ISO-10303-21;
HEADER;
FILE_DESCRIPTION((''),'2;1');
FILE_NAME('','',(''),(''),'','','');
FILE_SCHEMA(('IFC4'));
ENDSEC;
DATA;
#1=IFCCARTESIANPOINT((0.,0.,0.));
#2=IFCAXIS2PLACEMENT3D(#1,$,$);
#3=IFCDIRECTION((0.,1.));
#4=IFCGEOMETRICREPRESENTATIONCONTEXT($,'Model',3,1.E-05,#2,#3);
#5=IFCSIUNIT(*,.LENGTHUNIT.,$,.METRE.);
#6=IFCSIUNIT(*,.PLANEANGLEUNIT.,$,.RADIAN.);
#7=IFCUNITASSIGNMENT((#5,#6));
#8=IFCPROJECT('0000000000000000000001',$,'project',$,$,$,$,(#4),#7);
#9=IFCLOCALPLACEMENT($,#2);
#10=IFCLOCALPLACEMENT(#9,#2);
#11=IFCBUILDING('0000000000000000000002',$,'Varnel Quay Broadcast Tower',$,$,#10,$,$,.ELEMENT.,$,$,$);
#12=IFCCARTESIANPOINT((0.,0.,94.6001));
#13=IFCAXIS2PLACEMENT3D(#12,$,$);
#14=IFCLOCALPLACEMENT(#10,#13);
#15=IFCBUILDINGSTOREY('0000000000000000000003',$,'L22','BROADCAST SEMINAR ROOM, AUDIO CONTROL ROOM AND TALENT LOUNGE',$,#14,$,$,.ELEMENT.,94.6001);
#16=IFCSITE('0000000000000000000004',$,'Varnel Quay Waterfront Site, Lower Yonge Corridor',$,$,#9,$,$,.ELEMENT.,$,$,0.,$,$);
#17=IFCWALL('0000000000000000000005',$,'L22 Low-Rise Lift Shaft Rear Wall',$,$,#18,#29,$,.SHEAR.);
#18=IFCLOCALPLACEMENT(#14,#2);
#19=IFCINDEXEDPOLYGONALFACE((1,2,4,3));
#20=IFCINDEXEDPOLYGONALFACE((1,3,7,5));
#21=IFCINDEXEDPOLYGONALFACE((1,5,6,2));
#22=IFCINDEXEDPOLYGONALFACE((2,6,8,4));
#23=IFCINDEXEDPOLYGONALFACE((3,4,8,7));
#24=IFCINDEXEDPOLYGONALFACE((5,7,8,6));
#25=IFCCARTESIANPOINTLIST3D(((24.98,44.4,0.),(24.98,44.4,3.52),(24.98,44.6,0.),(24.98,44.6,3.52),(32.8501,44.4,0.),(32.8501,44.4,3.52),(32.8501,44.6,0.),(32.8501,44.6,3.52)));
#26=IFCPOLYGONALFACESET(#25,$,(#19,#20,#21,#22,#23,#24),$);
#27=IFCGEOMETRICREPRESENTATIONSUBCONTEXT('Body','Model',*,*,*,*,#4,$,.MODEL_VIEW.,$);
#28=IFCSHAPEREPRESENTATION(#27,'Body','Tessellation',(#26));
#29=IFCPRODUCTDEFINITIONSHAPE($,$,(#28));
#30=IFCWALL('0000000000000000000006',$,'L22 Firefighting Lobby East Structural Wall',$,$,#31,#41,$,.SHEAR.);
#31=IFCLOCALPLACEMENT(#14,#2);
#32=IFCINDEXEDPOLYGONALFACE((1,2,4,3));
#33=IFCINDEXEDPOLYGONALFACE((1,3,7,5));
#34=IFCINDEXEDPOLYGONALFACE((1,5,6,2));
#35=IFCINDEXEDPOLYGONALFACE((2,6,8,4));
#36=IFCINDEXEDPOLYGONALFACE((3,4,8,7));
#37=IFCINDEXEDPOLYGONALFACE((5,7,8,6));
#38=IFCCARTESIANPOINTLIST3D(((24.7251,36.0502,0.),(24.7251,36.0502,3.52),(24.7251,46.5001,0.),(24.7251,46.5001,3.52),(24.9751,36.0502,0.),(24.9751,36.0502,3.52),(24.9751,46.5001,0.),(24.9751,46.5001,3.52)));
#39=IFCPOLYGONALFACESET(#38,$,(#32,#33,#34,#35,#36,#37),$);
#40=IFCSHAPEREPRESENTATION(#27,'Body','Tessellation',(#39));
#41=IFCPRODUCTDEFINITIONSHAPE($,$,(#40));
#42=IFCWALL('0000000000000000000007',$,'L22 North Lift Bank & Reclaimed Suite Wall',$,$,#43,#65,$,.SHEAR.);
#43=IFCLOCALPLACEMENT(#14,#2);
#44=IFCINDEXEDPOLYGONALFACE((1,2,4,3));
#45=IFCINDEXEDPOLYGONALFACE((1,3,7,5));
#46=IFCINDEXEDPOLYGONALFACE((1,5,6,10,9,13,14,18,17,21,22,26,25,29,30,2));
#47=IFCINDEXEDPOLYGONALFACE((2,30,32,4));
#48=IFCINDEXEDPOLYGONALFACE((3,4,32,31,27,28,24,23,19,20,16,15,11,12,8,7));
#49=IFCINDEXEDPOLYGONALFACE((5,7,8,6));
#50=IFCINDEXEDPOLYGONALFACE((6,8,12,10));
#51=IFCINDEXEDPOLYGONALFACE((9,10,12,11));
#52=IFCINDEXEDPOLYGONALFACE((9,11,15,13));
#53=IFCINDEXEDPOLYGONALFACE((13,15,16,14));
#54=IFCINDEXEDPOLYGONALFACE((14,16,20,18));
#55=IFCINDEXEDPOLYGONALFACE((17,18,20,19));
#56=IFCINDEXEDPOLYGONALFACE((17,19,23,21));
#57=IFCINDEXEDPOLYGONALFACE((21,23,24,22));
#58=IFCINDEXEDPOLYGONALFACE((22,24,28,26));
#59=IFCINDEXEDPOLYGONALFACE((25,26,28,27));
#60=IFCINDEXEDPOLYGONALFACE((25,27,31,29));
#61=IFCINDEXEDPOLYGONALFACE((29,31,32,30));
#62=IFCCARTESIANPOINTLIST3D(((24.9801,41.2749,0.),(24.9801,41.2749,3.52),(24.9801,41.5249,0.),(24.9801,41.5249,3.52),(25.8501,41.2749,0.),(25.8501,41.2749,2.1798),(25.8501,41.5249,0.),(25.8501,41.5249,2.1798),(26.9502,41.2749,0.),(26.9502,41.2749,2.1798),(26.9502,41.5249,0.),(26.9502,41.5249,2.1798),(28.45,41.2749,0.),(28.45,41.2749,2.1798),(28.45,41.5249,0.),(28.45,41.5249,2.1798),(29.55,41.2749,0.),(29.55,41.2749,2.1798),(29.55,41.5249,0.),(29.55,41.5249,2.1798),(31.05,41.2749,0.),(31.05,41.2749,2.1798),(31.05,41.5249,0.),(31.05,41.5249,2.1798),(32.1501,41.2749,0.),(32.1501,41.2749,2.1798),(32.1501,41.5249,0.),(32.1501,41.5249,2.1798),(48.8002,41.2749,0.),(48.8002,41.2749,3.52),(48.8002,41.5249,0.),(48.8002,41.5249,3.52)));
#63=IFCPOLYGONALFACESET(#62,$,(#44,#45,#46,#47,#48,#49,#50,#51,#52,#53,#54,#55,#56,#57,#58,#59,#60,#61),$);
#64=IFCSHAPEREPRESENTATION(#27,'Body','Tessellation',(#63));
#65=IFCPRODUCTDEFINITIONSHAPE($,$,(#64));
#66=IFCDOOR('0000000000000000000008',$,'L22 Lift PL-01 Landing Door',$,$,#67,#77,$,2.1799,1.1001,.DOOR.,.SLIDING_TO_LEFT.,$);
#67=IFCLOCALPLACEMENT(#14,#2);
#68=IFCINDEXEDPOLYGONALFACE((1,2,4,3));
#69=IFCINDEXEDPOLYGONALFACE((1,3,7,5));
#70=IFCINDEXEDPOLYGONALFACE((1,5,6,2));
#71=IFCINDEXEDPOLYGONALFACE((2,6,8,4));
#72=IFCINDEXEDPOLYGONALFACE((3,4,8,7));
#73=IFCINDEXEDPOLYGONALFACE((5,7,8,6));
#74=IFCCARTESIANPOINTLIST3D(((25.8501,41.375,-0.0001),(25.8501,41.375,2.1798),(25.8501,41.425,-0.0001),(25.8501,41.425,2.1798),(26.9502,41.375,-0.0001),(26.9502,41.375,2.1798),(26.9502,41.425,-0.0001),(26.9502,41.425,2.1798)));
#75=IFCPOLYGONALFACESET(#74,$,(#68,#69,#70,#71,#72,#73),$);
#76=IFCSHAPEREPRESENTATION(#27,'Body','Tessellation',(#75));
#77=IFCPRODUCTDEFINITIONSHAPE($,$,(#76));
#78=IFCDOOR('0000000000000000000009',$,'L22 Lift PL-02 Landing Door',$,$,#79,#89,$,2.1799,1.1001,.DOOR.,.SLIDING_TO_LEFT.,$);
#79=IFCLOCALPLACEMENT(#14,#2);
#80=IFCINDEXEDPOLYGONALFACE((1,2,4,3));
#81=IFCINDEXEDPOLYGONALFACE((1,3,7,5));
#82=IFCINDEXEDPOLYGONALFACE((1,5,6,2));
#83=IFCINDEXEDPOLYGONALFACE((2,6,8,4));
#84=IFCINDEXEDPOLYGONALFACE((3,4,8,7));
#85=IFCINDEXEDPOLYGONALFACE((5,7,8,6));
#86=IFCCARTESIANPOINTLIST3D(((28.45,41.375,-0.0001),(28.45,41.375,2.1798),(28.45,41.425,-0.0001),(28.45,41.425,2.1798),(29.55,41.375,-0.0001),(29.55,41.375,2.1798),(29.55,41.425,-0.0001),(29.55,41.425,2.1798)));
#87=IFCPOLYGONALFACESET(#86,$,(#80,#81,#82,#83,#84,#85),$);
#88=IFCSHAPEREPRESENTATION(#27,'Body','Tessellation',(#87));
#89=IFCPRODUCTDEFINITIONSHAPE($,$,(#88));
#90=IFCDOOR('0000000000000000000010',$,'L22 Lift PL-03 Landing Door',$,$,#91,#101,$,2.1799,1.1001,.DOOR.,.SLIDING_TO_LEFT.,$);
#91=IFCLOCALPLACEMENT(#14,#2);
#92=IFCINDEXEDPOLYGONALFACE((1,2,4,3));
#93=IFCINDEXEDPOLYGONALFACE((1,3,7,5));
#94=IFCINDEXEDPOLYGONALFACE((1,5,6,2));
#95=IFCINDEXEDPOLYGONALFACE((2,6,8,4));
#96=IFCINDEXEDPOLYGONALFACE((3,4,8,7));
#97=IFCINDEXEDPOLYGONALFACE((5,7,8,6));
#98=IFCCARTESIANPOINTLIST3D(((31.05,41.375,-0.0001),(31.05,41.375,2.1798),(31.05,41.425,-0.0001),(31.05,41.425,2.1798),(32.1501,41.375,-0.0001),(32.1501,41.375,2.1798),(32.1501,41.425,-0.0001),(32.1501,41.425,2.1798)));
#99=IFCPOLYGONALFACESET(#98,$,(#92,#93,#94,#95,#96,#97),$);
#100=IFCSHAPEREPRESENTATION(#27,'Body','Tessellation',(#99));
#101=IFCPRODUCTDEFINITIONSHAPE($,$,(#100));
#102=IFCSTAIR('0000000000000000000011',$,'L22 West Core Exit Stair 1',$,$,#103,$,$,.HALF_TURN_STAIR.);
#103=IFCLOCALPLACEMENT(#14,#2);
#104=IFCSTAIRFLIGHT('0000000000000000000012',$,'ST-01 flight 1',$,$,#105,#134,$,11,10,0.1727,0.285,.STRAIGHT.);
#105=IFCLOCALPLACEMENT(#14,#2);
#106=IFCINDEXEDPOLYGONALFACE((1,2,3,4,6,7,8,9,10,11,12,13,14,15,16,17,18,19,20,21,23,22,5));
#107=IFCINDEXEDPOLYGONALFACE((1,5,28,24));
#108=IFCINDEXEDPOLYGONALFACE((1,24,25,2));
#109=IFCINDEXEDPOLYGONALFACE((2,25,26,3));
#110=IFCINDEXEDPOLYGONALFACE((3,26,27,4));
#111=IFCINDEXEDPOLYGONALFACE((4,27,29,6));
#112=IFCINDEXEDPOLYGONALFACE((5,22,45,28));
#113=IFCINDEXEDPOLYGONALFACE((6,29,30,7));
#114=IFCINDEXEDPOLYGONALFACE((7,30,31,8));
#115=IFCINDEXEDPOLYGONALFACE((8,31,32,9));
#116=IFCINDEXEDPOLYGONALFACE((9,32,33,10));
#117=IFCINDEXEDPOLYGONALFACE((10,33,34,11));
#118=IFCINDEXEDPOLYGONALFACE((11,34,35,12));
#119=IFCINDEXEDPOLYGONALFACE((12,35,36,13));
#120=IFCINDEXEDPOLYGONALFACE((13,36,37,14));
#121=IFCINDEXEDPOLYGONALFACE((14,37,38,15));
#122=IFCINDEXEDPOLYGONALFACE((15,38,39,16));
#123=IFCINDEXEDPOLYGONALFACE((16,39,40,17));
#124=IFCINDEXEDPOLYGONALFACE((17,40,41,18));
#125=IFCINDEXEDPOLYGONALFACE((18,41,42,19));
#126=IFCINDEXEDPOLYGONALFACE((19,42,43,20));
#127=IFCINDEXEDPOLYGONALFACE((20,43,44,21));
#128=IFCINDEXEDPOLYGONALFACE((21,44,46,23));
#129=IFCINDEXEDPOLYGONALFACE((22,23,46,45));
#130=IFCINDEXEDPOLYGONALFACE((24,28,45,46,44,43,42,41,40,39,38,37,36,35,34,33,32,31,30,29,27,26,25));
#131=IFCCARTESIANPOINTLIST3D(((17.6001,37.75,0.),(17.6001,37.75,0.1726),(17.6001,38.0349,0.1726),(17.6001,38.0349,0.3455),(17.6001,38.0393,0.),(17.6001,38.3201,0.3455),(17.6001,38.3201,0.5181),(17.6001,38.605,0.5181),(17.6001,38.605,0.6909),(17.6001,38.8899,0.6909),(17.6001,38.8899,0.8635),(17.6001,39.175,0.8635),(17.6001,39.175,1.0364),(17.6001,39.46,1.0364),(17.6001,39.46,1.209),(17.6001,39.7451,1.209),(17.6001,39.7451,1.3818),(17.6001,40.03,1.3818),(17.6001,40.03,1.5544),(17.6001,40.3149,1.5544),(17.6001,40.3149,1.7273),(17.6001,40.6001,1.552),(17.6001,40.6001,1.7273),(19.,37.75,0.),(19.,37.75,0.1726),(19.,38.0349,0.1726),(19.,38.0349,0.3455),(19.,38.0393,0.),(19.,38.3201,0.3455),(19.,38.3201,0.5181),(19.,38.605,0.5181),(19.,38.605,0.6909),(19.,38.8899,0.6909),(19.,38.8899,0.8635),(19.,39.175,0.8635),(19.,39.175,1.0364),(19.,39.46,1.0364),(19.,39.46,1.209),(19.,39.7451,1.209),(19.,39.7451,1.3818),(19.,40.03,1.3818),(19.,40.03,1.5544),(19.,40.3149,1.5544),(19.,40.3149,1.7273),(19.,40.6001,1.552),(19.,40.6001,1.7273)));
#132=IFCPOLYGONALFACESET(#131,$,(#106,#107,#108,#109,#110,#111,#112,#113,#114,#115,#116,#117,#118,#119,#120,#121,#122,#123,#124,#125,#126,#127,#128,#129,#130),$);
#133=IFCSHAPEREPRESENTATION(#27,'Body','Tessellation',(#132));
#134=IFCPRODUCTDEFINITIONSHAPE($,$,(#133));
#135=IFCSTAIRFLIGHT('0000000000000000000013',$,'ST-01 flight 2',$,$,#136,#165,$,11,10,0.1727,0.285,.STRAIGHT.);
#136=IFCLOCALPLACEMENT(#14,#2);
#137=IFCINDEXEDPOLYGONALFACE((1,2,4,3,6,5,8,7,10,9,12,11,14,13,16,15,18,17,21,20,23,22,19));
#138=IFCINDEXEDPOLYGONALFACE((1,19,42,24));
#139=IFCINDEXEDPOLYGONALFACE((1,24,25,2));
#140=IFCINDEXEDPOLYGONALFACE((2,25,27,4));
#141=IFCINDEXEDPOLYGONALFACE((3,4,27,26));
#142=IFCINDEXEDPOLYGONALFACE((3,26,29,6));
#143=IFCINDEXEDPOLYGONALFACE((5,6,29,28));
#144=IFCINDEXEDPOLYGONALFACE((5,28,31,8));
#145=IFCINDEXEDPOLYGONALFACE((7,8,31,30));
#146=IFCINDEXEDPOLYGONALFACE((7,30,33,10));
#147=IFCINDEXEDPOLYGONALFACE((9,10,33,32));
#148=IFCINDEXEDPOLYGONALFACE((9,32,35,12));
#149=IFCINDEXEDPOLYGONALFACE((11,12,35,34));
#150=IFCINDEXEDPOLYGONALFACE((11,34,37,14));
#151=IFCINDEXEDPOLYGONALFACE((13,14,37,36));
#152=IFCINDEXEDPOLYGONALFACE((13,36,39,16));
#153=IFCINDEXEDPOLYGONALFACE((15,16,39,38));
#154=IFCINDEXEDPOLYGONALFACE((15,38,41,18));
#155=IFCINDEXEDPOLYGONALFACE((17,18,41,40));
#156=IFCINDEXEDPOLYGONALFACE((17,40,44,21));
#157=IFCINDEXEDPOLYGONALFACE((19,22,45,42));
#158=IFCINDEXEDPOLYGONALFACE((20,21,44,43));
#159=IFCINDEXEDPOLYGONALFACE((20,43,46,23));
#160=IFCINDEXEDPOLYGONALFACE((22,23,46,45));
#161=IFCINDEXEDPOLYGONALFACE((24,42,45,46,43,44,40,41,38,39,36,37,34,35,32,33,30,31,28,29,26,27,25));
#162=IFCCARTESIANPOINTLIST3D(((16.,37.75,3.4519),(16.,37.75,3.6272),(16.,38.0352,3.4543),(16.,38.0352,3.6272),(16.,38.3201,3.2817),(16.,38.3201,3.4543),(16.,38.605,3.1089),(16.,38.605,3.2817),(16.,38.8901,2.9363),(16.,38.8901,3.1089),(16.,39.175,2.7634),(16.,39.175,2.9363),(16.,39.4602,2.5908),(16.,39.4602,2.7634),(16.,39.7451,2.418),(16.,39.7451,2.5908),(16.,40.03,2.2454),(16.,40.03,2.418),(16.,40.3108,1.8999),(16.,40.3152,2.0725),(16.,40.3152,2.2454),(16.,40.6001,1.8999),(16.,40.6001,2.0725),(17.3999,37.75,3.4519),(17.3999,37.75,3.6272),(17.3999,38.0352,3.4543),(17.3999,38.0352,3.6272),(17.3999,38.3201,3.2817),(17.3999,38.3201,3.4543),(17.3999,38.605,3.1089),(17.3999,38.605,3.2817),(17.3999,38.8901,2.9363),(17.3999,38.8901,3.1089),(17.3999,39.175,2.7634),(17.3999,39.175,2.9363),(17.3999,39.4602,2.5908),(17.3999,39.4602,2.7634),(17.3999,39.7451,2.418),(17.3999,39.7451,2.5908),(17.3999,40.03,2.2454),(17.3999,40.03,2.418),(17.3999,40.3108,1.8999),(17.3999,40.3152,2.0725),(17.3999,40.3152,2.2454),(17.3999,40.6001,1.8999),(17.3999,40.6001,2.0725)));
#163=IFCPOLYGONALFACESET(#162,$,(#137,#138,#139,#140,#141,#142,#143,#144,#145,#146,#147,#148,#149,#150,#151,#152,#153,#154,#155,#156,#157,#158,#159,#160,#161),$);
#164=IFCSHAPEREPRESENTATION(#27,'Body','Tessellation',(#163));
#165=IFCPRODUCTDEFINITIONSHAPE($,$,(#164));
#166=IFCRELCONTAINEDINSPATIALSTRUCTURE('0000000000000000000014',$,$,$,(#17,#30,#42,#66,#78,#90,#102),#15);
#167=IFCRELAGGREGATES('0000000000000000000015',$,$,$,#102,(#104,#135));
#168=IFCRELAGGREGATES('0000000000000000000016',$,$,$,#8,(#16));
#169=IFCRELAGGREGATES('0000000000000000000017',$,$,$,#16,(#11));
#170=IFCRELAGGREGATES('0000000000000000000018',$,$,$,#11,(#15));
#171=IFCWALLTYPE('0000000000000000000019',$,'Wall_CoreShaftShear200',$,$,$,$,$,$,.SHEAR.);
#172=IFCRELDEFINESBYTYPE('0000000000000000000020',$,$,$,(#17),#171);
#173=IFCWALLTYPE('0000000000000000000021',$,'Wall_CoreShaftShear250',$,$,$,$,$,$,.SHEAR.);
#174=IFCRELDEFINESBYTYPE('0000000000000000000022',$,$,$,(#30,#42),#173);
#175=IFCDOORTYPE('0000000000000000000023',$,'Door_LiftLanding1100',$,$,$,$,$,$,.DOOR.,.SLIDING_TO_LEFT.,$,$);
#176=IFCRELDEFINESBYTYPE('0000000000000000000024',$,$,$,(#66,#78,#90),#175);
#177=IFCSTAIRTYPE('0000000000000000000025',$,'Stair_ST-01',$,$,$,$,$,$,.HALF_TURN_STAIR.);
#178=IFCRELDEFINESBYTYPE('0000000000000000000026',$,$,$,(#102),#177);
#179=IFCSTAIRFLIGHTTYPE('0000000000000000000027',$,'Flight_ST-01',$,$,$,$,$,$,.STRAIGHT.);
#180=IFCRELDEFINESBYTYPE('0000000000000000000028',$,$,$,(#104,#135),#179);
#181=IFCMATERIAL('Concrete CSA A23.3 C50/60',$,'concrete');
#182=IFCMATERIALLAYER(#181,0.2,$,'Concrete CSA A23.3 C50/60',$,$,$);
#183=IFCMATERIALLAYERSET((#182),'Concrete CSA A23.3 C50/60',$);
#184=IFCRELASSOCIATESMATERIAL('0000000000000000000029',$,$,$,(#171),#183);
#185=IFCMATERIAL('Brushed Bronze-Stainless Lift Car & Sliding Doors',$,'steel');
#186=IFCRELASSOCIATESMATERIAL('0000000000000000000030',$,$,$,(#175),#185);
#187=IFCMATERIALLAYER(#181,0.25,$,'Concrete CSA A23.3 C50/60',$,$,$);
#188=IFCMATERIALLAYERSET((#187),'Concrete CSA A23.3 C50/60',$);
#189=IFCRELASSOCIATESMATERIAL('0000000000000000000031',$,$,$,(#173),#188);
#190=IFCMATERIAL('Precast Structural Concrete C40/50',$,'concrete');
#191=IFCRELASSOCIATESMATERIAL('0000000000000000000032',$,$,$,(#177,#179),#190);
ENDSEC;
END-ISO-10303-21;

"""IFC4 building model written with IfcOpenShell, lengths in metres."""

from ifc_helpers import new_model, si_unit, direction, frame, frame_2d, origin, place, context, subcontext, project, spatial, polyline, rectangle, outline, extrude, source, transform, mapped, material, layer, layer_set, type_object, type_shapes, element, fill, aggregate, save


model = new_model("IFC4")

# Units and contexts
model_context = context("Model", 3, precision=1e-05, world=origin(), true_north=direction((0.0, 1.0)))
body_context = subcontext(model_context, "Body", "Model", "MODEL_VIEW")
ifc_project = project(units=[si_unit("LENGTHUNIT", "METRE"), si_unit("PLANEANGLEUNIT", "RADIAN")], contexts=[model_context])

# Site, building, storey
site_placement = place(None, origin())
site = spatial("IfcSite", under=ifc_project, at=site_placement, Name="Varnel Quay Waterfront Site, Lower Yonge Corridor", CompositionType="ELEMENT", RefElevation=0.0)
building_placement = place(site_placement, origin())
building = spatial("IfcBuilding", under=site, at=building_placement, Name="Varnel Quay Broadcast Tower", CompositionType="ELEMENT")
storey_placement = place(building_placement, frame((0.0, 0.0, 94.6001)))
storey = spatial("IfcBuildingStorey", under=building, at=storey_placement, Name="L22", Description="BROADCAST SEMINAR ROOM, AUDIO CONTROL ROOM AND TALENT LOUNGE", CompositionType="ELEMENT", Elevation=94.6001)

# Shared definitions
ifc_material_1 = material(Name="Concrete CSA A23.3 C50/60", Category="concrete")
ifc_layer_1 = layer(ifc_material_1, 0.2, Name="Concrete CSA A23.3 C50/60")
ifc_layer_set_1 = layer_set([ifc_layer_1], Name="Concrete CSA A23.3 C50/60")
wall_type_1 = type_object("IfcWallType", Name="Wall_CoreShaftShear200", PredefinedType="SHEAR", material=ifc_layer_set_1)

# Shared definitions
ifc_material_2 = material(Name="Brushed Bronze-Stainless Lift Car & Sliding Doors", Category="steel")
door_type_1 = type_object("IfcDoorType", Name="Door_LiftLanding1100", OperationType="SLIDING_TO_LEFT", PredefinedType="DOOR", material=ifc_material_2)
shared_shape_1 = source(origin(), body_context, "Body", "SweptSolid", [
    extrude(rectangle(XDim=1.1001, YDim=2.1799, at=frame_2d((0.55, 1.0898))), frame((0.0, 0.0249, 0.0), z_axis=(0.0, -1.0, 0.0), x_axis=(1.0, 0.0, 0.0)), (0.0, 0.0, 1.0), 0.05),
])
type_shapes(door_type_1, [shared_shape_1])

# Walls
wall_1_placement = place(storey_placement, frame((24.98, 44.5, 0.0), z_axis=(0.0, 0.0, 1.0), x_axis=(1.0, 0.0, 0.0)))
element("IfcWall", 1, at=wall_1_placement, inside=storey, type_object=wall_type_1, Name="L22 Low-Rise Lift Shaft Rear Wall", PredefinedType="SHEAR", context=body_context, shape_type="SweptSolid", body=[
    extrude(rectangle(XDim=7.8701, YDim=0.2, at=frame_2d((3.9351, 0.0))), origin(), (0.0, 0.0, 1.0), 3.52),
])
ifc_layer_2 = layer(ifc_material_1, 0.25, Name="Concrete CSA A23.3 C50/60")
ifc_layer_set_2 = layer_set([ifc_layer_2], Name="Concrete CSA A23.3 C50/60")
wall_type_2 = type_object("IfcWallType", Name="Wall_CoreShaftShear250", PredefinedType="SHEAR", material=ifc_layer_set_2)
wall_2_placement = place(storey_placement, frame((24.8501, 36.05, 0.0), z_axis=(0.0, 0.0, 1.0), x_axis=(0.0, 1.0, 0.0)))
element("IfcWall", 2, at=wall_2_placement, inside=storey, type_object=wall_type_2, Name="L22 Firefighting Lobby East Structural Wall", PredefinedType="SHEAR", context=body_context, shape_type="SweptSolid", body=[
    extrude(rectangle(XDim=10.45, YDim=0.25, at=frame_2d((5.2251, 0.0))), origin(), (0.0, 0.0, 1.0), 3.52),
])

# Wall, openings, doors
wall_3_placement = place(storey_placement, frame((24.98, 41.3999, 0.0), z_axis=(0.0, 0.0, 1.0), x_axis=(1.0, 0.0, 0.0)))
wall_3 = element("IfcWall", 3, at=wall_3_placement, inside=storey, type_object=wall_type_2, Name="L22 North Lift Bank & Reclaimed Suite Wall", PredefinedType="SHEAR", context=body_context, shape_type="SweptSolid", body=[
    extrude(rectangle(XDim=23.8201, YDim=0.25, at=frame_2d((11.9102, 0.0))), origin(), (0.0, 0.0, 1.0), 3.52),
])
opening_1_placement = place(wall_3_placement, frame((0.8701, 0.0, 0.0)))
opening_1 = element("IfcOpeningElement", 4, at=opening_1_placement, cuts=wall_3, PredefinedType="OPENING", context=body_context, shape_type="SweptSolid", body=[
    extrude(rectangle(XDim=1.1001, YDim=2.1799, at=frame_2d((0.55, 1.0898))), frame((0.0, 0.135, 0.0), z_axis=(0.0, -1.0, 0.0), x_axis=(1.0, 0.0, 0.0)), (0.0, 0.0, 1.0), 0.27),
])
opening_2_placement = place(wall_3_placement, frame((3.47, 0.0, 0.0)))
opening_2 = element("IfcOpeningElement", 5, at=opening_2_placement, cuts=wall_3, PredefinedType="OPENING", context=body_context, shape_type="SweptSolid", body=[
    extrude(rectangle(XDim=1.1001, YDim=2.1799, at=frame_2d((0.55, 1.0898))), frame((0.0, 0.135, 0.0), z_axis=(0.0, -1.0, 0.0), x_axis=(1.0, 0.0, 0.0)), (0.0, 0.0, 1.0), 0.27),
])
opening_3_placement = place(wall_3_placement, frame((6.0701, 0.0, 0.0)))
opening_3 = element("IfcOpeningElement", 6, at=opening_3_placement, cuts=wall_3, PredefinedType="OPENING", context=body_context, shape_type="SweptSolid", body=[
    extrude(rectangle(XDim=1.1001, YDim=2.1799, at=frame_2d((0.55, 1.0898))), frame((0.0, 0.135, 0.0), z_axis=(0.0, -1.0, 0.0), x_axis=(1.0, 0.0, 0.0)), (0.0, 0.0, 1.0), 0.27),
])
door_1_placement = place(opening_1_placement, frame((1.1001, 0.0, 0.0), z_axis=(0.0, 0.0, 1.0), x_axis=(-1.0, 0.0, 0.0)))
door_1 = element("IfcDoor", 7, at=door_1_placement, inside=storey, type_object=door_type_1, Name="L22 Lift PL-01 Landing Door", OperationType="SLIDING_TO_LEFT", OverallHeight=2.1799, OverallWidth=1.1001, PredefinedType="DOOR", context=body_context, shape_type="MappedRepresentation", body=[
    mapped(shared_shape_1, transform((0.0, 0.0, 0.0), x_axis=(1.0, 0.0, 0.0), y_axis=(0.0, 1.0, 0.0), z_axis=(0.0, 0.0, 1.0), scale=1.0)),
])
fill(opening_1, door_1)
door_2_placement = place(opening_2_placement, frame((1.1001, 0.0, 0.0), z_axis=(0.0, 0.0, 1.0), x_axis=(-1.0, 0.0, 0.0)))
door_2 = element("IfcDoor", 8, at=door_2_placement, inside=storey, type_object=door_type_1, Name="L22 Lift PL-02 Landing Door", OperationType="SLIDING_TO_LEFT", OverallHeight=2.1799, OverallWidth=1.1001, PredefinedType="DOOR", context=body_context, shape_type="MappedRepresentation", body=[
    mapped(shared_shape_1, transform((0.0, 0.0, 0.0), x_axis=(1.0, 0.0, 0.0), y_axis=(0.0, 1.0, 0.0), z_axis=(0.0, 0.0, 1.0), scale=1.0)),
])
fill(opening_2, door_2)
door_3_placement = place(opening_3_placement, frame((1.1001, 0.0, 0.0), z_axis=(0.0, 0.0, 1.0), x_axis=(-1.0, 0.0, 0.0)))
door_3 = element("IfcDoor", 9, at=door_3_placement, inside=storey, type_object=door_type_1, Name="L22 Lift PL-03 Landing Door", OperationType="SLIDING_TO_LEFT", OverallHeight=2.1799, OverallWidth=1.1001, PredefinedType="DOOR", context=body_context, shape_type="MappedRepresentation", body=[
    mapped(shared_shape_1, transform((0.0, 0.0, 0.0), x_axis=(1.0, 0.0, 0.0), y_axis=(0.0, 1.0, 0.0), z_axis=(0.0, 0.0, 1.0), scale=1.0)),
])
fill(opening_3, door_3)

# Stair, stair flights
ifc_material_3 = material(Name="Precast Structural Concrete C40/50", Category="concrete")
stair_type = type_object("IfcStairType", Name="Stair_ST-01", PredefinedType="HALF_TURN_STAIR", material=ifc_material_3)
stair_placement = place(storey_placement, origin())
stair = element("IfcStair", 10, at=stair_placement, inside=storey, type_object=stair_type, Name="L22 West Core Exit Stair 1", PredefinedType="HALF_TURN_STAIR")
stair_flight_type = type_object("IfcStairFlightType", Name="Flight_ST-01", PredefinedType="STRAIGHT", material=ifc_material_3)
stair_flight_1_placement = place(storey_placement, frame((18.3, 37.75, 0.0), z_axis=(0.0, 0.0, 1.0), x_axis=(0.0, 1.0, 0.0)))
stair_flight_1 = element("IfcStairFlight", 11, at=stair_flight_1_placement, type_object=stair_flight_type, Name="ST-01 flight 1", NumberOfRisers=11, NumberOfTreads=10, PredefinedType="STRAIGHT", RiserHeight=0.1727, TreadLength=0.285, context=body_context, shape_type="SweptSolid", body=[
    extrude(outline(polyline([(0.0, 0.0), (0.0, 0.1726), (0.2849, 0.1726), (0.2849, 0.3455), (0.5701, 0.3455), (0.5701, 0.5181), (0.855, 0.5181), (0.855, 0.6909), (1.1399, 0.6909), (1.1399, 0.8635), (1.425, 0.8635), (1.425, 1.0364), (1.71, 1.0364), (1.71, 1.209), (1.9951, 1.209), (1.9951, 1.3818), (2.28, 1.3818), (2.28, 1.5544), (2.5649, 1.5544), (2.5649, 1.7273), (2.8501, 1.7273), (2.8501, 1.8999), (2.8501, 1.552), (0.2893, 0.0), (0.0, 0.0)])), frame((0.0, 0.7, 0.0), z_axis=(0.0, -1.0, 0.0), x_axis=(1.0, 0.0, 0.0)), (0.0, 0.0, 1.0), 1.3999),
])
stair_flight_2_placement = place(storey_placement, frame((16.7, 40.6001, 1.8999), z_axis=(0.0, 0.0, 1.0), x_axis=(0.0, -1.0, 0.0)))
stair_flight_2 = element("IfcStairFlight", 12, at=stair_flight_2_placement, type_object=stair_flight_type, Name="ST-01 flight 2", NumberOfRisers=11, NumberOfTreads=10, PredefinedType="STRAIGHT", RiserHeight=0.1727, TreadLength=0.285, context=body_context, shape_type="SweptSolid", body=[
    extrude(outline(polyline([(0.0, 0.0), (0.0, 0.1726), (0.2849, 0.1726), (0.2849, 0.3455), (0.5701, 0.3455), (0.5701, 0.5181), (0.855, 0.5181), (0.855, 0.6909), (1.1399, 0.6909), (1.1399, 0.8635), (1.425, 0.8635), (1.425, 1.0364), (1.71, 1.0364), (1.71, 1.209), (1.9951, 1.209), (1.9951, 1.3818), (2.28, 1.3818), (2.28, 1.5544), (2.5649, 1.5544), (2.5649, 1.7273), (2.8501, 1.7273), (2.8501, 1.8999), (2.8501, 1.552), (0.2893, 0.0), (0.0, 0.0)])), frame((0.0, 0.7, 0.0), z_axis=(0.0, -1.0, 0.0), x_axis=(1.0, 0.0, 0.0)), (0.0, 0.0, 1.0), 1.3999),
])
aggregate(stair, [stair_flight_1, stair_flight_2])

save(model, "model.ifc")
